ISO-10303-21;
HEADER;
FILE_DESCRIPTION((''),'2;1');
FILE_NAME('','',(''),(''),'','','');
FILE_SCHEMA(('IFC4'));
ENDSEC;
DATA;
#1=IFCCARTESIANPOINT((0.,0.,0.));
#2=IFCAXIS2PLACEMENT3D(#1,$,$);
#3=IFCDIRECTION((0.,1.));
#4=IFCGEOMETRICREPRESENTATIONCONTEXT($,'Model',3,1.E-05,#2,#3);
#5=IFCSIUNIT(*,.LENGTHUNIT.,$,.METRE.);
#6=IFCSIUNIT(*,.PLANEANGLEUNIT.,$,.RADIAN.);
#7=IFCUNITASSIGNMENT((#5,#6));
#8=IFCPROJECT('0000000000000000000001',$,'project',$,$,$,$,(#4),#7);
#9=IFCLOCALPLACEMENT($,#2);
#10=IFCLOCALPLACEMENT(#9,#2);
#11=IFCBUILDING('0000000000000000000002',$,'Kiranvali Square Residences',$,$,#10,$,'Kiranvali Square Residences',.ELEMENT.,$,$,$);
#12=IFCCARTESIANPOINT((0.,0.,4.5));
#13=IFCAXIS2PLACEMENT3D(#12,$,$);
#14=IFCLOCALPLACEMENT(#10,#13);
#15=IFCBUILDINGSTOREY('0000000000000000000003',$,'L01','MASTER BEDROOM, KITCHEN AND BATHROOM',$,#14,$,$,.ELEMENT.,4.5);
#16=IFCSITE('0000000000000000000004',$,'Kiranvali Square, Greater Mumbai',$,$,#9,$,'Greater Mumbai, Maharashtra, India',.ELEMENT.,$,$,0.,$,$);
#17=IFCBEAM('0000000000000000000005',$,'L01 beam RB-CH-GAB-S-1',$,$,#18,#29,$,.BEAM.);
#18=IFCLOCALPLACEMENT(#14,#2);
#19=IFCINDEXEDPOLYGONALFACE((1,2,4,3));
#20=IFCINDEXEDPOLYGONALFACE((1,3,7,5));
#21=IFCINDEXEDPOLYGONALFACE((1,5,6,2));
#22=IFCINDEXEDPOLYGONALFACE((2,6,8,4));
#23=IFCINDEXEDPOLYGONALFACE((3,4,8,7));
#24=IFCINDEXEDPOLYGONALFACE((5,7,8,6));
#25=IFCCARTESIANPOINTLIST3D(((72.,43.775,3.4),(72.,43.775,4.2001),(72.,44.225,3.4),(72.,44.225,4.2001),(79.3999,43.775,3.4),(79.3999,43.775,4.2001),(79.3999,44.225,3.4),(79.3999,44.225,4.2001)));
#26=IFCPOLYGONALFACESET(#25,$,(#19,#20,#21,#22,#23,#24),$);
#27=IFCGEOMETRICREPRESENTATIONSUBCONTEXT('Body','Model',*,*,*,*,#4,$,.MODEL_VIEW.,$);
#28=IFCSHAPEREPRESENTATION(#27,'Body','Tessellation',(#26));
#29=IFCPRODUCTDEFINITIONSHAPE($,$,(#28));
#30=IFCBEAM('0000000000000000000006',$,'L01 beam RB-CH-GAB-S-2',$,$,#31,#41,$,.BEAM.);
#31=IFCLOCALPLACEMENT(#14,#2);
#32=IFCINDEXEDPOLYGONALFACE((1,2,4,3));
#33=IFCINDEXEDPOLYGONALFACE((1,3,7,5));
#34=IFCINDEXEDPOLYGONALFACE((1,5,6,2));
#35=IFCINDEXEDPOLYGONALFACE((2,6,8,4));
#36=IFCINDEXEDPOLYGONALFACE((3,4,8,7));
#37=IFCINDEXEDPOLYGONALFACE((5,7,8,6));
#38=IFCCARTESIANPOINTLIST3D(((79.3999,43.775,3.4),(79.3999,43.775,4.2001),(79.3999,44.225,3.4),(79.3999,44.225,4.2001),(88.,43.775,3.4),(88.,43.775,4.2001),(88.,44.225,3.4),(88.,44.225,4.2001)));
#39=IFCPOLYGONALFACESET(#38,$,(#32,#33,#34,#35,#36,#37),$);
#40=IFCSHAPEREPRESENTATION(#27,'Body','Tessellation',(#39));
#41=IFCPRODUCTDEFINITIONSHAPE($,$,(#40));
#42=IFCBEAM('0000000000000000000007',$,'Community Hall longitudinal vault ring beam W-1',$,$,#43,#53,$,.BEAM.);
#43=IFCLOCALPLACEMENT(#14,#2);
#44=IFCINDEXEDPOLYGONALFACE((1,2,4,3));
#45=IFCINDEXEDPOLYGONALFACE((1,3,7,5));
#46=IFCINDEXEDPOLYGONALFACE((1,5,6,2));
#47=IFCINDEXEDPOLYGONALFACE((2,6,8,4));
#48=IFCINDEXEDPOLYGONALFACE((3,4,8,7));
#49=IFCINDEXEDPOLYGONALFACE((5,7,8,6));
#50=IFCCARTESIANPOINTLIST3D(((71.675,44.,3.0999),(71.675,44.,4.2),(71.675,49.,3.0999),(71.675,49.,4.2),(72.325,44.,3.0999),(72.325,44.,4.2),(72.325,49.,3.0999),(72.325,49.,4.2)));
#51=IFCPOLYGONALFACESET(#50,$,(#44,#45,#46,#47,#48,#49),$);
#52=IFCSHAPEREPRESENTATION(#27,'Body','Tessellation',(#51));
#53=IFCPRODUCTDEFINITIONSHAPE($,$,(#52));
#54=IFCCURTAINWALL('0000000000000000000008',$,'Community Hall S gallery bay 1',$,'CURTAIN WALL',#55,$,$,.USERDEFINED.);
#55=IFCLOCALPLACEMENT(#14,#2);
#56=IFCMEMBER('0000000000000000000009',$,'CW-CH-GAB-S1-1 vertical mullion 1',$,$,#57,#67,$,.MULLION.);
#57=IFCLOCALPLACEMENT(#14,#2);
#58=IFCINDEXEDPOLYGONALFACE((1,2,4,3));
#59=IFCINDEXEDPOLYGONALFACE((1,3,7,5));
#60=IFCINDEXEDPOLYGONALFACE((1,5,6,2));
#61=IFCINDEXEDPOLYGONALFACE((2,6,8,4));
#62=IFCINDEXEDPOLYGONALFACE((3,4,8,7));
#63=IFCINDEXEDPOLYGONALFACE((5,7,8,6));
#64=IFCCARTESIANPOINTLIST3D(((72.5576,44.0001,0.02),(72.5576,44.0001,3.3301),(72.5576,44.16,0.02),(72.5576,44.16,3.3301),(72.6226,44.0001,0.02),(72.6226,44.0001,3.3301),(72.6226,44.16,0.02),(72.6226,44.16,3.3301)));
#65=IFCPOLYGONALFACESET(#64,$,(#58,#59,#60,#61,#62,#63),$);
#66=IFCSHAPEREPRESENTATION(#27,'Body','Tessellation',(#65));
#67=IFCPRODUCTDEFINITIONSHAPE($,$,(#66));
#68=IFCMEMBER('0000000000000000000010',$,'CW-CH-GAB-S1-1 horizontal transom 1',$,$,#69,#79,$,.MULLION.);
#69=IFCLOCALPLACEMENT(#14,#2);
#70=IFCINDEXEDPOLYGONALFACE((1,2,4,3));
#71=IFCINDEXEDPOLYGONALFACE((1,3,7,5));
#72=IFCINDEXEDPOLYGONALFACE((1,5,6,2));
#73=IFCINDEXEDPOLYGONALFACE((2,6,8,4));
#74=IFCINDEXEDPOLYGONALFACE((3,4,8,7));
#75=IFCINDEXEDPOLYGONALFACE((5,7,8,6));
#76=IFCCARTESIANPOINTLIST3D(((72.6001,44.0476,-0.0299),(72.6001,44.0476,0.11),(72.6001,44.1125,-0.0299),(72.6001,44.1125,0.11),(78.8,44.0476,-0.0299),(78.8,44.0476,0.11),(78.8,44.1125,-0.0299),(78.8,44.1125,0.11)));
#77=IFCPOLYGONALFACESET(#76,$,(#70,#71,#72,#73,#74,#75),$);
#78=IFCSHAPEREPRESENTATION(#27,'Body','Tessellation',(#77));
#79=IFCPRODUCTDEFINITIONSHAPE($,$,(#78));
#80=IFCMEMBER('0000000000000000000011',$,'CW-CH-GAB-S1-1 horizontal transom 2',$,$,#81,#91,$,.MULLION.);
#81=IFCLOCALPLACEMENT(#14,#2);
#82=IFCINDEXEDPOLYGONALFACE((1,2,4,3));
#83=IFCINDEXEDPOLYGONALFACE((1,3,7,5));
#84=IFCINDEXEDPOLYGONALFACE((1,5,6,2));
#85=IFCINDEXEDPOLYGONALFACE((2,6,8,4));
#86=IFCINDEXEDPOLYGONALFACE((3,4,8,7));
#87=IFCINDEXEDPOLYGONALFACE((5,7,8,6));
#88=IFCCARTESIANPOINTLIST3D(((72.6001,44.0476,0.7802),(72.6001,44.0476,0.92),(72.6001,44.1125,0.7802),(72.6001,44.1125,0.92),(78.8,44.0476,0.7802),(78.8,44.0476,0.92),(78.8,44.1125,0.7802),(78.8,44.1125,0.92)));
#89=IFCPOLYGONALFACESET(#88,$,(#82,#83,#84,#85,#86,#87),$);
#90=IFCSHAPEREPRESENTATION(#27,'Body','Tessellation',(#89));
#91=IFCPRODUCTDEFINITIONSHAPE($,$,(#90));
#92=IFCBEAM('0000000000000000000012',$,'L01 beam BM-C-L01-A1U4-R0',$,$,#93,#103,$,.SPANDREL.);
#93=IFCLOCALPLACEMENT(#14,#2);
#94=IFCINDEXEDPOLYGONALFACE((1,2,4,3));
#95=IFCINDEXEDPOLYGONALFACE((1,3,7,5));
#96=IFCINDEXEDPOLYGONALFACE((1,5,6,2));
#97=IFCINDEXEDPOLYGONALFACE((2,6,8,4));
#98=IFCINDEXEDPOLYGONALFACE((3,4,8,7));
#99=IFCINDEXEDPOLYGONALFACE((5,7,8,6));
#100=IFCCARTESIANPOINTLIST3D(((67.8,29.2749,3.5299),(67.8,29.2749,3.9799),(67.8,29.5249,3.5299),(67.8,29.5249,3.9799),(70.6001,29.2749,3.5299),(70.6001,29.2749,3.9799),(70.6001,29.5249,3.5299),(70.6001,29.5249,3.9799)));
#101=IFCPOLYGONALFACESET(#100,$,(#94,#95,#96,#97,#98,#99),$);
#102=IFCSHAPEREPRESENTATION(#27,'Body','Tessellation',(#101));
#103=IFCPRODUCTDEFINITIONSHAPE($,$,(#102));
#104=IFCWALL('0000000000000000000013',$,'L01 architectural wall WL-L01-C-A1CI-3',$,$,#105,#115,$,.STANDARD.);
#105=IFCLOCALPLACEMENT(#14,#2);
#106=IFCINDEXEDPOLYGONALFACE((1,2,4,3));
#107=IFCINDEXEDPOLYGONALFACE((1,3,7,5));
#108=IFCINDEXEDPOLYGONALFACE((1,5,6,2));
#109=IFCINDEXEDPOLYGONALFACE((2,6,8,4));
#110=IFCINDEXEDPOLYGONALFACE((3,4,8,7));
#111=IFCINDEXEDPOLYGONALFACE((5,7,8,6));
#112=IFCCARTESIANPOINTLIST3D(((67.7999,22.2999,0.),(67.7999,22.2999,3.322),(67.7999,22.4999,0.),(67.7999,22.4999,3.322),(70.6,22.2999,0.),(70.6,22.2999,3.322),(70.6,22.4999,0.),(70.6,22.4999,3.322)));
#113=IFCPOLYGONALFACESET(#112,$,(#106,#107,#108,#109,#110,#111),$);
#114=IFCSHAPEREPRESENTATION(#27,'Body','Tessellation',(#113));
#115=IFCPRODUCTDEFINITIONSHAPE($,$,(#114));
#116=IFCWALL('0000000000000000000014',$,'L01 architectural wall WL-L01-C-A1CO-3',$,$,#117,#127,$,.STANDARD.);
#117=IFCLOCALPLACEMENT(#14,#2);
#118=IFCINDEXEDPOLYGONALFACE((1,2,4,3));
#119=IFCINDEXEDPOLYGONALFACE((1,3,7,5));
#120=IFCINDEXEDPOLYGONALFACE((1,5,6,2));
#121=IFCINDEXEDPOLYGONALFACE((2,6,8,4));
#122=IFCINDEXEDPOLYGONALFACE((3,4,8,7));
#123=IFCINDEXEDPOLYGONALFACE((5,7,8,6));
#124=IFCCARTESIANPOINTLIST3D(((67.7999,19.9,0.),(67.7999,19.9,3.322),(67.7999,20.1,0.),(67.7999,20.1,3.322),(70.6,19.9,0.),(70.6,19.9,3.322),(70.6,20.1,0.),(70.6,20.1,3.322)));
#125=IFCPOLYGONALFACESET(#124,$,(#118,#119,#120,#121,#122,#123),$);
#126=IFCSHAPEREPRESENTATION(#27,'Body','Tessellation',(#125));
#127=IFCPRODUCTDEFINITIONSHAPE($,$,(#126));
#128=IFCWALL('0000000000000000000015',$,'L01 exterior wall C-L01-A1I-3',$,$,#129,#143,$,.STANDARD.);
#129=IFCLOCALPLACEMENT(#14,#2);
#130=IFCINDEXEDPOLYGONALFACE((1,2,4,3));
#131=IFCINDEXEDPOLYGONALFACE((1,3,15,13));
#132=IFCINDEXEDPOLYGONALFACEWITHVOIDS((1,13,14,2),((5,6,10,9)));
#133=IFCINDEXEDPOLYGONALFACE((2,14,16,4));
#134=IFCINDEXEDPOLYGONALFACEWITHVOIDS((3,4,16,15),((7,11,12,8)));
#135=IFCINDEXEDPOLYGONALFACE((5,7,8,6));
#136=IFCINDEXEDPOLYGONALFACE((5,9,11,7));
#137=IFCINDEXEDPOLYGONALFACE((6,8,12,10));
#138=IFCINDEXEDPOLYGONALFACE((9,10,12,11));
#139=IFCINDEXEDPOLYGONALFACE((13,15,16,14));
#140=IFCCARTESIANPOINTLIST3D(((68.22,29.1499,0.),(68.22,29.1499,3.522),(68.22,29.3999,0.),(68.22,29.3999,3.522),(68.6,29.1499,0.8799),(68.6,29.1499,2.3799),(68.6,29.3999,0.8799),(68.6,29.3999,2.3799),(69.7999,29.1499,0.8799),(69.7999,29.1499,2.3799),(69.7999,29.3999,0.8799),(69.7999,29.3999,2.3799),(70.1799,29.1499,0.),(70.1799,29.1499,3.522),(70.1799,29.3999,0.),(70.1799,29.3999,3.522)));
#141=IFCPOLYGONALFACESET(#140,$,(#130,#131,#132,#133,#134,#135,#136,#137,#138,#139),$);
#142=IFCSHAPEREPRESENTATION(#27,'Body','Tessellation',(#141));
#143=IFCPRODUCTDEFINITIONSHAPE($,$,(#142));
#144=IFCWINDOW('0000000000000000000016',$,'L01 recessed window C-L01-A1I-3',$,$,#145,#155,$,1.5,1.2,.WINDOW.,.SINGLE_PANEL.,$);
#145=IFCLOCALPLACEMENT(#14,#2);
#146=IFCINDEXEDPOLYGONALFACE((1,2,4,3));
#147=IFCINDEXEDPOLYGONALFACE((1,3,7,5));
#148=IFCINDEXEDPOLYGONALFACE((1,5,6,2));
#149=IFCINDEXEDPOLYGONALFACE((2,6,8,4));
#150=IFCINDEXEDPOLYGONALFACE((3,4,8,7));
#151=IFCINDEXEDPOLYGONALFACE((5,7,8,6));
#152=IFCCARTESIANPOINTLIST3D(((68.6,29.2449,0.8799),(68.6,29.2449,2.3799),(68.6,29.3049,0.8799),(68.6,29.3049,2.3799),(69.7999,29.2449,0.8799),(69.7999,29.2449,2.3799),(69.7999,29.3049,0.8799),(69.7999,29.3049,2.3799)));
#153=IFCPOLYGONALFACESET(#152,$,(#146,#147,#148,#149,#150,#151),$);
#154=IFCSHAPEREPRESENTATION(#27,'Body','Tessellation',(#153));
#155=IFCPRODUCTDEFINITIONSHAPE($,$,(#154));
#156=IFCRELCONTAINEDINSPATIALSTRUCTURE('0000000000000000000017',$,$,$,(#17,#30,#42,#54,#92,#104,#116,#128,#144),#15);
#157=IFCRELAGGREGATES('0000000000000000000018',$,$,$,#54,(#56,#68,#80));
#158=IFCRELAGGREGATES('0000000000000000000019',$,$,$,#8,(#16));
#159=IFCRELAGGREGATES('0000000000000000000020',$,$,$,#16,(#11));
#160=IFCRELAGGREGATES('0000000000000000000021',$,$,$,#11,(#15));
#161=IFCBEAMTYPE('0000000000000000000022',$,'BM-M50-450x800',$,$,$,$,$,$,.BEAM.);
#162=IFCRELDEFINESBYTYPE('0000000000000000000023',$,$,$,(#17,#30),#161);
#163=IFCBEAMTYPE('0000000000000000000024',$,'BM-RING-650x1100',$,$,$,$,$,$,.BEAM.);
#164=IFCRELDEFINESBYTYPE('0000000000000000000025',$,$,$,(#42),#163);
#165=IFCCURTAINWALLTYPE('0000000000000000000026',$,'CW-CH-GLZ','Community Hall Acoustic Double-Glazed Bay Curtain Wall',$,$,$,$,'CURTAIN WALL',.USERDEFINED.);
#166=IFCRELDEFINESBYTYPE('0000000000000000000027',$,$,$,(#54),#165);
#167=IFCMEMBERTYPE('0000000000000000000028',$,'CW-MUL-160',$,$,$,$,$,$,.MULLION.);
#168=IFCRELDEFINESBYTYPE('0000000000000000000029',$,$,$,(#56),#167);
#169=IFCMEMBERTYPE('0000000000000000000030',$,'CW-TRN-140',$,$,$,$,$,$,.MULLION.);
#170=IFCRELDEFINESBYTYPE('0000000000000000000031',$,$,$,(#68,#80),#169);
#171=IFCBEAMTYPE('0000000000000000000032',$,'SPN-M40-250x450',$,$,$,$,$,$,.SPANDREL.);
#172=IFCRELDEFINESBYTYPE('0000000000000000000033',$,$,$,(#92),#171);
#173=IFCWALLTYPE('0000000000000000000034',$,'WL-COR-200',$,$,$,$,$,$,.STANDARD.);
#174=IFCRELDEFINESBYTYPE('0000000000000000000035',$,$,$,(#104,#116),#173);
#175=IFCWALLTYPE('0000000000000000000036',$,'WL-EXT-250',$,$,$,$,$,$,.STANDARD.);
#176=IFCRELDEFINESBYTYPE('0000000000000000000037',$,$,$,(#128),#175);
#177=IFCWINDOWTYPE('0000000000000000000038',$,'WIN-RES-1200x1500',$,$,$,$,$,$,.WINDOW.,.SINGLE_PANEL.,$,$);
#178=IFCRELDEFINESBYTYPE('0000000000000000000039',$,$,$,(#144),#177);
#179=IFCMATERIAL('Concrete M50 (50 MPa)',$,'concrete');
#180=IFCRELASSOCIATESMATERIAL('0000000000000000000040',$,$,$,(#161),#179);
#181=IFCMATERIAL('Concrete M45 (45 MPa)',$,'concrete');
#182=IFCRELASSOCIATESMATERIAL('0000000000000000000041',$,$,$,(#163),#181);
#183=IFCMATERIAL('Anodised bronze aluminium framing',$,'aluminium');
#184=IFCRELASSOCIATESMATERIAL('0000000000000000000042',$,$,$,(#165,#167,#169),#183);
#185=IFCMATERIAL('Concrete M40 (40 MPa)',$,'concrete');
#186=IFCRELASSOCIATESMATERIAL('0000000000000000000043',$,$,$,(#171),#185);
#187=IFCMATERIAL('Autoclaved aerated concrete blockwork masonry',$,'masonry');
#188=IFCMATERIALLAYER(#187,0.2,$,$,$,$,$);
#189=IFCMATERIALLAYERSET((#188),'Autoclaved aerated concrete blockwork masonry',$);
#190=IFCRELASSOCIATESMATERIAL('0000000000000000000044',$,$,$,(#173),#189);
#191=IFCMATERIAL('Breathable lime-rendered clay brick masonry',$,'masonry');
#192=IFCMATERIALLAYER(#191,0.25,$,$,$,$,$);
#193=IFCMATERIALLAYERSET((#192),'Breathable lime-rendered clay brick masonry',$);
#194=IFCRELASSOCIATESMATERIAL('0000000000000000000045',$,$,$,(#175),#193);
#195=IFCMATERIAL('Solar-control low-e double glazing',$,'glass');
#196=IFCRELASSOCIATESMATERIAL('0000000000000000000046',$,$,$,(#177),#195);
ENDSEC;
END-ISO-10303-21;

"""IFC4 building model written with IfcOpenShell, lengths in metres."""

from ifc_helpers import new_model, si_unit, direction, frame, frame_2d, origin, origin_2d, place, context, subcontext, project, spatial, rectangle, extrude, material, layer, layer_set, material_profile, profile_set, type_object, element, fill, aggregate, save


model = new_model("IFC4")

# Units and contexts
model_context = context("Model", 3, precision=1e-05, world=origin(), true_north=direction((0.0, 1.0)))
body_context = subcontext(model_context, "Body", "Model", "MODEL_VIEW")
ifc_project = project(units=[si_unit("LENGTHUNIT", "METRE"), si_unit("PLANEANGLEUNIT", "RADIAN")], contexts=[model_context])

# Site, building, storey
site_placement = place(None, origin())
site = spatial("IfcSite", under=ifc_project, at=site_placement, Name="Kiranvali Square, Greater Mumbai", LongName="Greater Mumbai, Maharashtra, India", CompositionType="ELEMENT", RefElevation=0.0)
building_placement = place(site_placement, origin())
building = spatial("IfcBuilding", under=site, at=building_placement, Name="Kiranvali Square Residences", LongName="Kiranvali Square Residences", CompositionType="ELEMENT")
storey_placement = place(building_placement, frame((0.0, 0.0, 4.5)))
storey = spatial("IfcBuildingStorey", under=building, at=storey_placement, Name="L01", Description="MASTER BEDROOM, KITCHEN AND BATHROOM", CompositionType="ELEMENT", Elevation=4.5)

# Shared definitions
ifc_material_1 = material(Name="Concrete M40 (40 MPa)", Category="concrete")
ifc_material_2 = material(Name="Concrete M45 (45 MPa)", Category="concrete")
ifc_material_3 = material(Name="Concrete M50 (50 MPa)", Category="concrete")

# Beams
ifc_material_profile_1 = material_profile(ifc_material_3, rectangle(XDim=0.45, YDim=0.8, at=origin_2d()), Name="RC 450x800")
ifc_profile_set_1 = profile_set([ifc_material_profile_1], Name="Concrete M50 (50 MPa)")
beam_type_1 = type_object("IfcBeamType", Name="BM-M50-450x800", PredefinedType="BEAM", material=ifc_profile_set_1)
beam_1_placement = place(storey_placement, frame((72.0, 44.0, 3.8), z_axis=(1.0, 0.0, 0.0), x_axis=(0.0, 1.0, 0.0)))
element("IfcBeam", 1, at=beam_1_placement, inside=storey, type_object=beam_type_1, Name="L01 beam RB-CH-GAB-S-1", PredefinedType="BEAM", context=body_context, shape_type="SweptSolid", body=[
    extrude(rectangle(XDim=0.45, YDim=0.8, at=origin_2d()), origin(), (0.0, 0.0, 1.0), 7.3999),
])
beam_2_placement = place(storey_placement, frame((79.3999, 44.0, 3.8), z_axis=(1.0, 0.0, 0.0), x_axis=(0.0, 1.0, 0.0)))
element("IfcBeam", 2, at=beam_2_placement, inside=storey, type_object=beam_type_1, Name="L01 beam RB-CH-GAB-S-2", PredefinedType="BEAM", context=body_context, shape_type="SweptSolid", body=[
    extrude(rectangle(XDim=0.45, YDim=0.8, at=origin_2d()), origin(), (0.0, 0.0, 1.0), 8.6001),
])
ifc_material_profile_2 = material_profile(ifc_material_2, rectangle(XDim=0.6499, YDim=1.1001, at=origin_2d()), Name="RC 650x1100")
ifc_profile_set_2 = profile_set([ifc_material_profile_2], Name="Concrete M45 (45 MPa)")
beam_type_2 = type_object("IfcBeamType", Name="BM-RING-650x1100", PredefinedType="BEAM", material=ifc_profile_set_2)
beam_3_placement = place(storey_placement, frame((72.0, 44.0, 3.6499), z_axis=(0.0, 1.0, 0.0), x_axis=(-1.0, 0.0, 0.0)))
element("IfcBeam", 3, at=beam_3_placement, inside=storey, type_object=beam_type_2, Name="Community Hall longitudinal vault ring beam W-1", PredefinedType="BEAM", context=body_context, shape_type="SweptSolid", body=[
    extrude(rectangle(XDim=0.6499, YDim=1.1001, at=origin_2d()), origin(), (0.0, 0.0, 1.0), 5.0),
])

# Curtain wall, members
ifc_material_4 = material(Name="Anodised bronze aluminium framing", Category="aluminium")
curtain_wall_type = type_object("IfcCurtainWallType", Name="CW-CH-GLZ", Description="Community Hall Acoustic Double-Glazed Bay Curtain Wall", ElementType="CURTAIN WALL", PredefinedType="USERDEFINED", material=ifc_material_4)
curtain_wall_placement = place(storey_placement, origin())
curtain_wall = element("IfcCurtainWall", 4, at=curtain_wall_placement, inside=storey, type_object=curtain_wall_type, Name="Community Hall S gallery bay 1", ObjectType="CURTAIN WALL", PredefinedType="USERDEFINED")
ifc_material_profile_3 = material_profile(ifc_material_4, rectangle(XDim=0.0649, YDim=0.1599, at=origin_2d()), Name="ALU 65x160")
ifc_profile_set_3 = profile_set([ifc_material_profile_3], Name="Anodised bronze aluminium framing")
member_type_1 = type_object("IfcMemberType", Name="CW-MUL-160", PredefinedType="MULLION", material=ifc_profile_set_3)
member_1_placement = place(storey_placement, frame((72.5901, 44.0801, 0.02), z_axis=(0.0, 0.0, 1.0), x_axis=(1.0, 0.0, 0.0)))
member_1 = element("IfcMember", 5, at=member_1_placement, type_object=member_type_1, Name="CW-CH-GAB-S1-1 vertical mullion 1", PredefinedType="MULLION", context=body_context, shape_type="SweptSolid", body=[
    extrude(rectangle(XDim=0.0649, YDim=0.1599, at=origin_2d()), origin(), (0.0, 0.0, 1.0), 3.3101),
])
ifc_material_profile_4 = material_profile(ifc_material_4, rectangle(XDim=0.0649, YDim=0.1399, at=origin_2d()), Name="ALU 65x140")
ifc_profile_set_4 = profile_set([ifc_material_profile_4], Name="Anodised bronze aluminium framing")
member_type_2 = type_object("IfcMemberType", Name="CW-TRN-140", PredefinedType="MULLION", material=ifc_profile_set_4)
member_2_placement = place(storey_placement, frame((72.6001, 44.0801, 0.04), z_axis=(1.0, 0.0, 0.0), x_axis=(0.0, 1.0, 0.0)))
member_2 = element("IfcMember", 6, at=member_2_placement, type_object=member_type_2, Name="CW-CH-GAB-S1-1 horizontal transom 1", PredefinedType="MULLION", context=body_context, shape_type="SweptSolid", body=[
    extrude(rectangle(XDim=0.0649, YDim=0.1399, at=origin_2d()), origin(), (0.0, 0.0, 1.0), 6.2),
])
member_3_placement = place(storey_placement, frame((72.6001, 44.0801, 0.8501), z_axis=(1.0, 0.0, 0.0), x_axis=(0.0, 1.0, 0.0)))
member_3 = element("IfcMember", 7, at=member_3_placement, type_object=member_type_2, Name="CW-CH-GAB-S1-1 horizontal transom 2", PredefinedType="MULLION", context=body_context, shape_type="SweptSolid", body=[
    extrude(rectangle(XDim=0.0649, YDim=0.1399, at=origin_2d()), origin(), (0.0, 0.0, 1.0), 6.2),
])
aggregate(curtain_wall, [member_1, member_2, member_3])

# Beam
ifc_material_profile_5 = material_profile(ifc_material_1, rectangle(XDim=0.25, YDim=0.45, at=origin_2d()), Name="RC 250x450")
ifc_profile_set_5 = profile_set([ifc_material_profile_5], Name="Concrete M40 (40 MPa)")
beam_type_3 = type_object("IfcBeamType", Name="SPN-M40-250x450", PredefinedType="SPANDREL", material=ifc_profile_set_5)
beam_4_placement = place(storey_placement, frame((67.8, 29.3999, 3.7549), z_axis=(1.0, 0.0, 0.0), x_axis=(0.0, 1.0, 0.0)))
element("IfcBeam", 8, at=beam_4_placement, inside=storey, type_object=beam_type_3, Name="L01 beam BM-C-L01-A1U4-R0", PredefinedType="SPANDREL", context=body_context, shape_type="SweptSolid", body=[
    extrude(rectangle(XDim=0.25, YDim=0.45, at=origin_2d()), origin(), (0.0, 0.0, 1.0), 2.8),
])

# Walls
ifc_material_5 = material(Name="Autoclaved aerated concrete blockwork masonry", Category="masonry")
ifc_layer_1 = layer(ifc_material_5, 0.2)
ifc_layer_set_1 = layer_set([ifc_layer_1], Name="Autoclaved aerated concrete blockwork masonry")
wall_type_1 = type_object("IfcWallType", Name="WL-COR-200", PredefinedType="STANDARD", material=ifc_layer_set_1)
for number, where, z_axis, x_axis, name in (
    (9, (67.8, 22.3999, 0.0), (0.0, 0.0, 1.0), (1.0, 0.0, 0.0), "L01 architectural wall WL-L01-C-A1CI-3"),
    (10, (67.8, 20.0, 0.0), (0.0, 0.0, 1.0), (1.0, 0.0, 0.0), "L01 architectural wall WL-L01-C-A1CO-3"),
):
    element("IfcWall", number, at=place(storey_placement, frame(where, z_axis=z_axis, x_axis=x_axis)), inside=storey, type_object=wall_type_1, Name=name, PredefinedType="STANDARD", context=body_context, shape_type="SweptSolid", body=[
        extrude(rectangle(XDim=2.8, YDim=0.2, at=frame_2d((1.3999, 0.0))), origin(), (0.0, 0.0, 1.0), 3.322),
    ])

# Wall, opening, window
ifc_material_6 = material(Name="Breathable lime-rendered clay brick masonry", Category="masonry")
ifc_layer_2 = layer(ifc_material_6, 0.25)
ifc_layer_set_2 = layer_set([ifc_layer_2], Name="Breathable lime-rendered clay brick masonry")
wall_type_2 = type_object("IfcWallType", Name="WL-EXT-250", PredefinedType="STANDARD", material=ifc_layer_set_2)
wall_1_placement = place(storey_placement, frame((68.22, 29.2749, 0.0), z_axis=(0.0, 0.0, 1.0), x_axis=(1.0, 0.0, 0.0)))
wall_1 = element("IfcWall", 11, at=wall_1_placement, inside=storey, type_object=wall_type_2, Name="L01 exterior wall C-L01-A1I-3", PredefinedType="STANDARD", context=body_context, shape_type="SweptSolid", body=[
    extrude(rectangle(XDim=1.96, YDim=0.25, at=frame_2d((0.98, 0.0))), origin(), (0.0, 0.0, 1.0), 3.522),
])
opening_1_placement = place(wall_1_placement, frame((0.3799, 0.0, 0.8799)))
opening_1 = element("IfcOpeningElement", 12, at=opening_1_placement, cuts=wall_1, PredefinedType="OPENING", context=body_context, shape_type="SweptSolid", body=[
    extrude(rectangle(XDim=1.2, YDim=1.5, at=frame_2d((0.6001, 0.75))), frame((0.0, 0.135, 0.0), z_axis=(0.0, -1.0, 0.0), x_axis=(1.0, 0.0, 0.0)), (0.0, 0.0, 1.0), 0.27),
])
ifc_material_7 = material(Name="Solar-control low-e double glazing", Category="glass")
window_type_1 = type_object("IfcWindowType", Name="WIN-RES-1200x1500", PartitioningType="SINGLE_PANEL", PredefinedType="WINDOW", material=ifc_material_7)
window_1_placement = place(opening_1_placement, origin())
window_1 = element("IfcWindow", 13, at=window_1_placement, inside=storey, type_object=window_type_1, Name="L01 recessed window C-L01-A1I-3", OverallHeight=1.5, OverallWidth=1.2, PartitioningType="SINGLE_PANEL", PredefinedType="WINDOW", context=body_context, shape_type="SweptSolid", body=[
    extrude(rectangle(XDim=1.2, YDim=1.5, at=frame_2d((0.6001, 0.75))), frame((0.0, 0.03, 0.0), z_axis=(0.0, -1.0, 0.0), x_axis=(1.0, 0.0, 0.0)), (0.0, 0.0, 1.0), 0.0601),
])
fill(opening_1, window_1)

save(model, "model.ifc")
